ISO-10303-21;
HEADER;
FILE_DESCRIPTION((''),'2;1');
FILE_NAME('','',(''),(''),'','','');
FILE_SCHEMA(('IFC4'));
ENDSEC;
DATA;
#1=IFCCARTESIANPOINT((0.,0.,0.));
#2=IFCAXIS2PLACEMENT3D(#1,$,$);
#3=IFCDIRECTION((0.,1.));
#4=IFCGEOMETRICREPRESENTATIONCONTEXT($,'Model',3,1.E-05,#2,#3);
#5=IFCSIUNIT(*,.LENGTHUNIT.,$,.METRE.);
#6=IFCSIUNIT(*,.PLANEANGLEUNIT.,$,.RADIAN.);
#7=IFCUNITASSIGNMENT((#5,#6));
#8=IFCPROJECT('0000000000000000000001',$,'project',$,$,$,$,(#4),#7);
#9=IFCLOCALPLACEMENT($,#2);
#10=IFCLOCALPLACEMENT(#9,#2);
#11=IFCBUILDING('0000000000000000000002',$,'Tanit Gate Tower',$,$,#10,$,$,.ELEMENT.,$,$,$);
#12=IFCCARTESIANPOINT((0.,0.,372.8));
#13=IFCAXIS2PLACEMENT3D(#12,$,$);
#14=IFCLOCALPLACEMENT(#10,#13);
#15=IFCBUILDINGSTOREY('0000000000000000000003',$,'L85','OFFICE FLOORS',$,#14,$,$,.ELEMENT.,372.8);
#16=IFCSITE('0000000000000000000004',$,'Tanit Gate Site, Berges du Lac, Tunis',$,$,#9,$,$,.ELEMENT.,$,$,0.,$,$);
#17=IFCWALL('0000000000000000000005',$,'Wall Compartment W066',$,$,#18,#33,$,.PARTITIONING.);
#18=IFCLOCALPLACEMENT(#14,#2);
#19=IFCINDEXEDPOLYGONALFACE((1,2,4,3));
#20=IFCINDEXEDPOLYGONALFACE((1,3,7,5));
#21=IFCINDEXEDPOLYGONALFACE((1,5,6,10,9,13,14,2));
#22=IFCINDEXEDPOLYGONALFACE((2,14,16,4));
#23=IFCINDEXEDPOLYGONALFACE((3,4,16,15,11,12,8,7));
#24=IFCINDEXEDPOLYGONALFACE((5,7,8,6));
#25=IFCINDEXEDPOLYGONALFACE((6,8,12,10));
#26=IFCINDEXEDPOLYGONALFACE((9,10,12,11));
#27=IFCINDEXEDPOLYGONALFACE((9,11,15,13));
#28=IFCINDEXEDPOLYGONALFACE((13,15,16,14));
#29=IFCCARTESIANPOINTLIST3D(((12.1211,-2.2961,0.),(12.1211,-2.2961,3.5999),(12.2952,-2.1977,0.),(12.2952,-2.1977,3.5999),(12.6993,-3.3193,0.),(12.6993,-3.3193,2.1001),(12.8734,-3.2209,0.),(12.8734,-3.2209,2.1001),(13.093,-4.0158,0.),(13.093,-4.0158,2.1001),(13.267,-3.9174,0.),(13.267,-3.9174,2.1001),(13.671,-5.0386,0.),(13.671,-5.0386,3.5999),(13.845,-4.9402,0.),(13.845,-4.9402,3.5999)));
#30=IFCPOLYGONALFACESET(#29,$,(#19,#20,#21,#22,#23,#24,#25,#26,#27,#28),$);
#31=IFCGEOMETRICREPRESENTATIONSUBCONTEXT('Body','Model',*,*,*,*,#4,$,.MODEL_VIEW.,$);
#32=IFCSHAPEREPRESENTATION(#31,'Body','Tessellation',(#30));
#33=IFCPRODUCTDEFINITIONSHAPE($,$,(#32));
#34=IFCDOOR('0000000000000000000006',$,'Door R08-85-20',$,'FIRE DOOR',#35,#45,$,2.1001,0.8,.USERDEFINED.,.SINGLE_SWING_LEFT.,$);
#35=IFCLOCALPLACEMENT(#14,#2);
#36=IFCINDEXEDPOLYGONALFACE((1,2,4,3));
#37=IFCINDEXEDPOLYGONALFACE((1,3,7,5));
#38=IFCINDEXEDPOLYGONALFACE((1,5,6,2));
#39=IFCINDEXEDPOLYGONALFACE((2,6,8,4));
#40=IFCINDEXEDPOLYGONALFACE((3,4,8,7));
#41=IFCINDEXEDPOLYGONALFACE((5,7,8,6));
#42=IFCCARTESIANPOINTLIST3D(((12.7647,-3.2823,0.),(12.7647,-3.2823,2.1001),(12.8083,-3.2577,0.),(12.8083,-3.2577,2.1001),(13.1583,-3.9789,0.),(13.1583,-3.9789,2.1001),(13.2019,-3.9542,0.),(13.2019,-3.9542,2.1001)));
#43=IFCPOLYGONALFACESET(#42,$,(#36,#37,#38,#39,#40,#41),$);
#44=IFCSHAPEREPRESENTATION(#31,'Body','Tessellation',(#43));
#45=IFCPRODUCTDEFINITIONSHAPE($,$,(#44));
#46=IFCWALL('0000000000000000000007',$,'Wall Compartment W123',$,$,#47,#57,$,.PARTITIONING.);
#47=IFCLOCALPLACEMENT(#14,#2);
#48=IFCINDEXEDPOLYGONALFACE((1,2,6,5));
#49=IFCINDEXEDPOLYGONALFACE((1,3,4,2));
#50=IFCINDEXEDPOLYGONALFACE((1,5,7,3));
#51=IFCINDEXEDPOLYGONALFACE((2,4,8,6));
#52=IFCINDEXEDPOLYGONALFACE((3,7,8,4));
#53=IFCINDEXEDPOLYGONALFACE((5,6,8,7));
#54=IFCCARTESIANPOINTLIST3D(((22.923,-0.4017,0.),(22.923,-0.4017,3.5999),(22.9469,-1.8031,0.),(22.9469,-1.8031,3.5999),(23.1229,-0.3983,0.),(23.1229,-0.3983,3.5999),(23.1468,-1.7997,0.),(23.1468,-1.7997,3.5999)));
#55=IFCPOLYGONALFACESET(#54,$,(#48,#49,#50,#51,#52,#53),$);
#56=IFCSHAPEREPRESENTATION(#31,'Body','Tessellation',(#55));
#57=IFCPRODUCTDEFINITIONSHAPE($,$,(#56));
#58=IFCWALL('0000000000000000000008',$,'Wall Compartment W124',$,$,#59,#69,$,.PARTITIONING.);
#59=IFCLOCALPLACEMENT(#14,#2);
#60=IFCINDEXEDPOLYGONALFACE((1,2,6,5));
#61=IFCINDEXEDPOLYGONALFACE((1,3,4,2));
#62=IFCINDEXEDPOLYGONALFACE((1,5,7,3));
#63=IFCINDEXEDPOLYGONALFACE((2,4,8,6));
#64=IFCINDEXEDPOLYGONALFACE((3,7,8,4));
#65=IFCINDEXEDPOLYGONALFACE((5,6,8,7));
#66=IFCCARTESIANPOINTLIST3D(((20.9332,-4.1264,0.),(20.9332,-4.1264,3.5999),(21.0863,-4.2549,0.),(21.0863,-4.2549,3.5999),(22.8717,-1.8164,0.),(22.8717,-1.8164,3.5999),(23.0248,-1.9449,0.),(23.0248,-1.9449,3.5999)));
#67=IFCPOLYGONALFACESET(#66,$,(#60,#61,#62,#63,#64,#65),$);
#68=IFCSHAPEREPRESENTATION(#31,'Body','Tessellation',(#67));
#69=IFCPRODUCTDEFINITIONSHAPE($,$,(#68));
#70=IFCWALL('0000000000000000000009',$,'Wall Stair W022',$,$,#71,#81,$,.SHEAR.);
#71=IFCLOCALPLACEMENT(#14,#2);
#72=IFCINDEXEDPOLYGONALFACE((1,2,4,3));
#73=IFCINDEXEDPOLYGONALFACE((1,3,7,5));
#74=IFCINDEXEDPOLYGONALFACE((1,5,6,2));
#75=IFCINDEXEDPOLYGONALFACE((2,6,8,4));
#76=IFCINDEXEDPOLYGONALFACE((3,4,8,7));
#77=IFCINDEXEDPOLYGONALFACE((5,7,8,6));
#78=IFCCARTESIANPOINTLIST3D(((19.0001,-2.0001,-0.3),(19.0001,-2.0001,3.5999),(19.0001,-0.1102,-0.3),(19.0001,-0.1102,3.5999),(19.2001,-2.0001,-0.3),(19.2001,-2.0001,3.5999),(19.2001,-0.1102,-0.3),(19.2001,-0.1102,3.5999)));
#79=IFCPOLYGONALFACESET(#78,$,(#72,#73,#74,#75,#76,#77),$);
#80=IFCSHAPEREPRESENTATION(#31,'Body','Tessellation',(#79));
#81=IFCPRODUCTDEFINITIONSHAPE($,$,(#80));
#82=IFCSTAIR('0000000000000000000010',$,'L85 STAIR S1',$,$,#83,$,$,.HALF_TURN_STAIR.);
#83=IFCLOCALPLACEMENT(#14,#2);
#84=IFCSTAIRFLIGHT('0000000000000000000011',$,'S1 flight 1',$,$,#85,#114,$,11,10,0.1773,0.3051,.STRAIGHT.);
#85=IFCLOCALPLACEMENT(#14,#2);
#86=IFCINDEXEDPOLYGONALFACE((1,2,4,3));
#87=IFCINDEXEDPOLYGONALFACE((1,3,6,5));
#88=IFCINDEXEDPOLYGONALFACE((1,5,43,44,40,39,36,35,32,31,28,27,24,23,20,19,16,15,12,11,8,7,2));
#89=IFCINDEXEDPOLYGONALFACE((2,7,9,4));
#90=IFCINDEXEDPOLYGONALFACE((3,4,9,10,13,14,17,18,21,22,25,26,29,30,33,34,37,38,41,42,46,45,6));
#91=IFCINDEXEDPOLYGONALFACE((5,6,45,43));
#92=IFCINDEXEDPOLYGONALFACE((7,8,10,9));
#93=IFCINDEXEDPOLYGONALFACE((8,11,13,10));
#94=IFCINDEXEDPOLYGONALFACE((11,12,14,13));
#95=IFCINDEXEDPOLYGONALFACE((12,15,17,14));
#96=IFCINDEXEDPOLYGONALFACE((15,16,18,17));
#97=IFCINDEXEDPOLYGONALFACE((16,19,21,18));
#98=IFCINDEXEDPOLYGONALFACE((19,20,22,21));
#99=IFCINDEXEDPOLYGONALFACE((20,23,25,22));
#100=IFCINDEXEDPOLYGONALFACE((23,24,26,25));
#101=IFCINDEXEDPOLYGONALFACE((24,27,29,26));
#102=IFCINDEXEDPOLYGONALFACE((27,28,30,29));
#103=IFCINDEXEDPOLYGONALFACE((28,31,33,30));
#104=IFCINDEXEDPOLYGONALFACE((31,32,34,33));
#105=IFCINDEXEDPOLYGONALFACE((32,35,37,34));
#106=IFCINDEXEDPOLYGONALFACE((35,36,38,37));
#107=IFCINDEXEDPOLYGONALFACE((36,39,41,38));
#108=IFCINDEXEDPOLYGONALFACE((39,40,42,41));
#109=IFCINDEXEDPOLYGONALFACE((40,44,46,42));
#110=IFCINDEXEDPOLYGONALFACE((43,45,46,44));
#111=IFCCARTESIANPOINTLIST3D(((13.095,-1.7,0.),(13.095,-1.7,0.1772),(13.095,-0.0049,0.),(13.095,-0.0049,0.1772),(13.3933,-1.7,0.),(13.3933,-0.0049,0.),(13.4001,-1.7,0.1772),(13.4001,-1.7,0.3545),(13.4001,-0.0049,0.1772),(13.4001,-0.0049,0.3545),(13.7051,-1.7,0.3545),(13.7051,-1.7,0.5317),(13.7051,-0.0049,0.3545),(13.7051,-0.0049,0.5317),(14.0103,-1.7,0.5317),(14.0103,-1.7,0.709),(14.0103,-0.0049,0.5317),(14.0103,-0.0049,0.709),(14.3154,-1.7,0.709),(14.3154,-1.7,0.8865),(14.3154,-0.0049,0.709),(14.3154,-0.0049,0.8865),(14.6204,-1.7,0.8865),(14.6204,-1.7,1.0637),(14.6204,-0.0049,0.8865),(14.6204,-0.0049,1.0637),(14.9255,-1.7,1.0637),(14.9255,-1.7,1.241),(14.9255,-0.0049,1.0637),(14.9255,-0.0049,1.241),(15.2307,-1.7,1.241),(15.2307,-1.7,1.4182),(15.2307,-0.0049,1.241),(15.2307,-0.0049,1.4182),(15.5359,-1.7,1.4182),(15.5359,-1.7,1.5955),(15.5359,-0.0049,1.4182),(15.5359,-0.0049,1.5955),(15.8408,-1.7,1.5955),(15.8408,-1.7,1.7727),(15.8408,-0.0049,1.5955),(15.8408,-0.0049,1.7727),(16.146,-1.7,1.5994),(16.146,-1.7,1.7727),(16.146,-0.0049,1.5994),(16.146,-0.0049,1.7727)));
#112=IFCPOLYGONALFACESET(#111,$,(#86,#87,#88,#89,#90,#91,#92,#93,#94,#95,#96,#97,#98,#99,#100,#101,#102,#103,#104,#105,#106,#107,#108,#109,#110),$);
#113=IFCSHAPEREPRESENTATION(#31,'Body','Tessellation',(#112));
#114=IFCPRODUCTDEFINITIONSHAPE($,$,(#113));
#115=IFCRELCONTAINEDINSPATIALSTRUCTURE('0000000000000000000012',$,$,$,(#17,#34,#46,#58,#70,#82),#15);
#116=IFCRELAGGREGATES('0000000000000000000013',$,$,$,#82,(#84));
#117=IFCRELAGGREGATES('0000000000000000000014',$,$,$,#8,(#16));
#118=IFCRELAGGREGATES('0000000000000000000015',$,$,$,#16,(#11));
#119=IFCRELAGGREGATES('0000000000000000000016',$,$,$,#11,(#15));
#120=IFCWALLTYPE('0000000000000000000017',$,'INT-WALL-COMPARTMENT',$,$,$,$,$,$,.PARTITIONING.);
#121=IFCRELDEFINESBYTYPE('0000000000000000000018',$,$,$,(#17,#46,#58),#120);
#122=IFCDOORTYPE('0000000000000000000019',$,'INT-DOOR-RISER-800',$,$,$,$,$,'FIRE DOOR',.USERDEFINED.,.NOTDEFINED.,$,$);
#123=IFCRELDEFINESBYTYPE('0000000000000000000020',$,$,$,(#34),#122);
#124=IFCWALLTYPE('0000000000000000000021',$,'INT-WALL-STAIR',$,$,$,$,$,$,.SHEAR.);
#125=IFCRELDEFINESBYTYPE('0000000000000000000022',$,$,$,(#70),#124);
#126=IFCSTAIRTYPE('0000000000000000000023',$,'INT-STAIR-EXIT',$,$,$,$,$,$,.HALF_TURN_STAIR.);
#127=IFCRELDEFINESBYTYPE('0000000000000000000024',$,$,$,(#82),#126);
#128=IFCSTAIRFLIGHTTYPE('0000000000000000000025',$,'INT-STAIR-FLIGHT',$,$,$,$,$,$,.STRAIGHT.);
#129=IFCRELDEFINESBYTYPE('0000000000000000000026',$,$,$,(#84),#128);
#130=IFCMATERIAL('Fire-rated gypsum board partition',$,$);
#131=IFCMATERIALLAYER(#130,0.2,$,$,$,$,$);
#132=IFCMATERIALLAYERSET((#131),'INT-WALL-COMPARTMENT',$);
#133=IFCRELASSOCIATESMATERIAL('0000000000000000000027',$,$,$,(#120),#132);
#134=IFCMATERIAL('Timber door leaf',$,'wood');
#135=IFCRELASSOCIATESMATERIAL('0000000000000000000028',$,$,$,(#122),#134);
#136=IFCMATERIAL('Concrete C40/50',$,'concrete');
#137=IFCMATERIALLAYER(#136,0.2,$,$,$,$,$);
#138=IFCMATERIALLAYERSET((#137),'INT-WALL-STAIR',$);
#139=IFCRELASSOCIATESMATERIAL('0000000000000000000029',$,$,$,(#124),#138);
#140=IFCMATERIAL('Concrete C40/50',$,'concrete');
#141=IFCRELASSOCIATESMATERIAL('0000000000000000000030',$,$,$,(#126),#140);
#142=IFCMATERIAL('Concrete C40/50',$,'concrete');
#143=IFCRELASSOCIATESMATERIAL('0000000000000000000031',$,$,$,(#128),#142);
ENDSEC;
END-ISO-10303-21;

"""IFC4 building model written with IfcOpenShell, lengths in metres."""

from ifc_helpers import new_model, si_unit, direction, frame, frame_2d, origin, place, context, subcontext, project, spatial, polyline, rectangle, outline, extrude, material, layer, layer_set, type_object, element, fill, aggregate, save


model = new_model("IFC4")

# Units and contexts
model_context = context("Model", 3, precision=1e-05, world=origin(), true_north=direction((0.0, 1.0)))
body_context = subcontext(model_context, "Body", "Model", "MODEL_VIEW")
ifc_project = project(units=[si_unit("LENGTHUNIT", "METRE"), si_unit("PLANEANGLEUNIT", "RADIAN")], contexts=[model_context])

# Site, building, storey
site_placement = place(None, origin())
site = spatial("IfcSite", under=ifc_project, at=site_placement, Name="Tanit Gate Site, Berges du Lac, Tunis", CompositionType="ELEMENT", RefElevation=0.0)
building_placement = place(site_placement, origin())
building = spatial("IfcBuilding", under=site, at=building_placement, Name="Tanit Gate Tower", CompositionType="ELEMENT")
storey_placement = place(building_placement, frame((0.0, 0.0, 372.8)))
storey = spatial("IfcBuildingStorey", under=building, at=storey_placement, Name="L85", Description="OFFICE FLOORS", CompositionType="ELEMENT", Elevation=372.8)

# Wall, opening, door
ifc_material_1 = material(Name="Fire-rated gypsum board partition")
ifc_layer_1 = layer(ifc_material_1, 0.2)
ifc_layer_set_1 = layer_set([ifc_layer_1], Name="INT-WALL-COMPARTMENT")
wall_type_1 = type_object("IfcWallType", Name="INT-WALL-COMPARTMENT", PredefinedType="PARTITIONING", material=ifc_layer_set_1)
wall_1_placement = place(storey_placement, frame((13.7581, -4.9895, 0.0), z_axis=(0.0, 0.0, 1.0), x_axis=(-0.491993, 0.870599, 0.0)))
wall_1 = element("IfcWall", 1, at=wall_1_placement, inside=storey, type_object=wall_type_1, Name="Wall Compartment W066", PredefinedType="PARTITIONING", context=body_context, shape_type="SweptSolid", body=[
    extrude(rectangle(XDim=3.1501, YDim=0.2, at=frame_2d((1.5752, 0.0))), origin(), (0.0, 0.0, 1.0), 3.5999),
])
opening_1_placement = place(wall_1_placement, frame((1.175, 0.0, 0.0)))
opening_1 = element("IfcOpeningElement", 2, at=opening_1_placement, cuts=wall_1, PredefinedType="OPENING", context=body_context, shape_type="SweptSolid", body=[
    extrude(rectangle(XDim=0.8, YDim=2.1001, at=frame_2d((0.3999, 1.05))), frame((0.0, 0.1099, 0.0), z_axis=(0.0, -1.0, 0.0), x_axis=(1.0, 0.0, 0.0)), (0.0, 0.0, 1.0), 0.22),
])
ifc_material_2 = material(Name="Timber door leaf", Category="wood")
door_type_1 = type_object("IfcDoorType", Name="INT-DOOR-RISER-800", ElementType="FIRE DOOR", OperationType="NOTDEFINED", PredefinedType="USERDEFINED", material=ifc_material_2)
door_1_placement = place(opening_1_placement, origin())
door_1 = element("IfcDoor", 3, at=door_1_placement, inside=storey, type_object=door_type_1, Name="Door R08-85-20", ObjectType="FIRE DOOR", OperationType="SINGLE_SWING_LEFT", OverallHeight=2.1001, OverallWidth=0.8, PredefinedType="USERDEFINED", context=body_context, shape_type="SweptSolid", body=[
    extrude(rectangle(XDim=0.8, YDim=2.1001, at=frame_2d((0.3999, 1.05))), frame((0.0, 0.0249, 0.0), z_axis=(0.0, -1.0, 0.0), x_axis=(1.0, 0.0, 0.0)), (0.0, 0.0, 1.0), 0.05),
])
fill(opening_1, door_1)

# Walls
wall_2_placement = place(storey_placement, frame((23.0469, -1.8013, 0.0), z_axis=(0.0, 0.0, 1.0), x_axis=(-0.017071, 0.999854, 0.0)))
element("IfcWall", 4, at=wall_2_placement, inside=storey, type_object=wall_type_1, Name="Wall Compartment W123", PredefinedType="PARTITIONING", context=body_context, shape_type="SweptSolid", body=[
    extrude(rectangle(XDim=1.4016, YDim=0.2, at=frame_2d((0.7007, 0.0))), origin(), (0.0, 0.0, 1.0), 3.5999),
])
wall_3_placement = place(storey_placement, frame((21.0098, -4.1907, 0.0), z_axis=(0.0, 0.0, 1.0), x_axis=(0.642808, 0.766027, 0.0)))
element("IfcWall", 5, at=wall_3_placement, inside=storey, type_object=wall_type_1, Name="Wall Compartment W124", PredefinedType="PARTITIONING", context=body_context, shape_type="SweptSolid", body=[
    extrude(rectangle(XDim=3.0156, YDim=0.2, at=frame_2d((1.5078, 0.0))), origin(), (0.0, 0.0, 1.0), 3.5999),
])
ifc_material_3 = material(Name="Concrete C40/50", Category="concrete")
ifc_layer_2 = layer(ifc_material_3, 0.2)
ifc_layer_set_2 = layer_set([ifc_layer_2], Name="INT-WALL-STAIR")
wall_type_2 = type_object("IfcWallType", Name="INT-WALL-STAIR", PredefinedType="SHEAR", material=ifc_layer_set_2)
wall_4_placement = place(storey_placement, frame((19.1001, -2.0, -0.3), z_axis=(0.0, 0.0, 1.0), x_axis=(0.0, 1.0, 0.0)))
element("IfcWall", 6, at=wall_4_placement, inside=storey, type_object=wall_type_2, Name="Wall Stair W022", PredefinedType="SHEAR", context=body_context, shape_type="SweptSolid", body=[
    extrude(rectangle(XDim=1.8899, YDim=0.2, at=frame_2d((0.9448, 0.0))), origin(), (0.0, 0.0, 1.0), 3.8999),
])

# Stair, stair flight
ifc_material_4 = material(Name="Concrete C40/50", Category="concrete")
stair_type = type_object("IfcStairType", Name="INT-STAIR-EXIT", PredefinedType="HALF_TURN_STAIR", material=ifc_material_4)
stair_placement = place(storey_placement, origin())
stair = element("IfcStair", 7, at=stair_placement, inside=storey, type_object=stair_type, Name="L85 STAIR S1", PredefinedType="HALF_TURN_STAIR")
ifc_material_5 = material(Name="Concrete C40/50", Category="concrete")
stair_flight_type = type_object("IfcStairFlightType", Name="INT-STAIR-FLIGHT", PredefinedType="STRAIGHT", material=ifc_material_5)
stair_flight_placement = place(storey_placement, frame((13.095, -0.8525, 0.0), z_axis=(0.0, 0.0, 1.0), x_axis=(1.0, 0.0, 0.0)))
stair_flight = element("IfcStairFlight", 8, at=stair_flight_placement, type_object=stair_flight_type, Name="S1 flight 1", NumberOfRisers=11, NumberOfTreads=10, PredefinedType="STRAIGHT", RiserHeight=0.1773, TreadLength=0.3051, context=body_context, shape_type="SweptSolid", body=[
    extrude(outline(polyline([(0.0, 0.0), (0.0, 0.1772), (0.3052, 0.1772), (0.3052, 0.3545), (0.6101, 0.3545), (0.6101, 0.5317), (0.9153, 0.5317), (0.9153, 0.709), (1.2205, 0.709), (1.2205, 0.8865), (1.5254, 0.8865), (1.5254, 1.0637), (1.8306, 1.0637), (1.8306, 1.241), (2.1357, 1.241), (2.1357, 1.4182), (2.4409, 1.4182), (2.4409, 1.5955), (2.7458, 1.5955), (2.7458, 1.7727), (3.051, 1.7727), (3.051, 1.95), (3.051, 1.5994), (0.2983, 0.0), (0.0, 0.0)])), frame((0.0, 0.8477, 0.0), z_axis=(0.0, -1.0, 0.0), x_axis=(1.0, 0.0, 0.0)), (0.0, 0.0, 1.0), 1.6951),
])
aggregate(stair, [stair_flight])

save(model, "model.ifc")
